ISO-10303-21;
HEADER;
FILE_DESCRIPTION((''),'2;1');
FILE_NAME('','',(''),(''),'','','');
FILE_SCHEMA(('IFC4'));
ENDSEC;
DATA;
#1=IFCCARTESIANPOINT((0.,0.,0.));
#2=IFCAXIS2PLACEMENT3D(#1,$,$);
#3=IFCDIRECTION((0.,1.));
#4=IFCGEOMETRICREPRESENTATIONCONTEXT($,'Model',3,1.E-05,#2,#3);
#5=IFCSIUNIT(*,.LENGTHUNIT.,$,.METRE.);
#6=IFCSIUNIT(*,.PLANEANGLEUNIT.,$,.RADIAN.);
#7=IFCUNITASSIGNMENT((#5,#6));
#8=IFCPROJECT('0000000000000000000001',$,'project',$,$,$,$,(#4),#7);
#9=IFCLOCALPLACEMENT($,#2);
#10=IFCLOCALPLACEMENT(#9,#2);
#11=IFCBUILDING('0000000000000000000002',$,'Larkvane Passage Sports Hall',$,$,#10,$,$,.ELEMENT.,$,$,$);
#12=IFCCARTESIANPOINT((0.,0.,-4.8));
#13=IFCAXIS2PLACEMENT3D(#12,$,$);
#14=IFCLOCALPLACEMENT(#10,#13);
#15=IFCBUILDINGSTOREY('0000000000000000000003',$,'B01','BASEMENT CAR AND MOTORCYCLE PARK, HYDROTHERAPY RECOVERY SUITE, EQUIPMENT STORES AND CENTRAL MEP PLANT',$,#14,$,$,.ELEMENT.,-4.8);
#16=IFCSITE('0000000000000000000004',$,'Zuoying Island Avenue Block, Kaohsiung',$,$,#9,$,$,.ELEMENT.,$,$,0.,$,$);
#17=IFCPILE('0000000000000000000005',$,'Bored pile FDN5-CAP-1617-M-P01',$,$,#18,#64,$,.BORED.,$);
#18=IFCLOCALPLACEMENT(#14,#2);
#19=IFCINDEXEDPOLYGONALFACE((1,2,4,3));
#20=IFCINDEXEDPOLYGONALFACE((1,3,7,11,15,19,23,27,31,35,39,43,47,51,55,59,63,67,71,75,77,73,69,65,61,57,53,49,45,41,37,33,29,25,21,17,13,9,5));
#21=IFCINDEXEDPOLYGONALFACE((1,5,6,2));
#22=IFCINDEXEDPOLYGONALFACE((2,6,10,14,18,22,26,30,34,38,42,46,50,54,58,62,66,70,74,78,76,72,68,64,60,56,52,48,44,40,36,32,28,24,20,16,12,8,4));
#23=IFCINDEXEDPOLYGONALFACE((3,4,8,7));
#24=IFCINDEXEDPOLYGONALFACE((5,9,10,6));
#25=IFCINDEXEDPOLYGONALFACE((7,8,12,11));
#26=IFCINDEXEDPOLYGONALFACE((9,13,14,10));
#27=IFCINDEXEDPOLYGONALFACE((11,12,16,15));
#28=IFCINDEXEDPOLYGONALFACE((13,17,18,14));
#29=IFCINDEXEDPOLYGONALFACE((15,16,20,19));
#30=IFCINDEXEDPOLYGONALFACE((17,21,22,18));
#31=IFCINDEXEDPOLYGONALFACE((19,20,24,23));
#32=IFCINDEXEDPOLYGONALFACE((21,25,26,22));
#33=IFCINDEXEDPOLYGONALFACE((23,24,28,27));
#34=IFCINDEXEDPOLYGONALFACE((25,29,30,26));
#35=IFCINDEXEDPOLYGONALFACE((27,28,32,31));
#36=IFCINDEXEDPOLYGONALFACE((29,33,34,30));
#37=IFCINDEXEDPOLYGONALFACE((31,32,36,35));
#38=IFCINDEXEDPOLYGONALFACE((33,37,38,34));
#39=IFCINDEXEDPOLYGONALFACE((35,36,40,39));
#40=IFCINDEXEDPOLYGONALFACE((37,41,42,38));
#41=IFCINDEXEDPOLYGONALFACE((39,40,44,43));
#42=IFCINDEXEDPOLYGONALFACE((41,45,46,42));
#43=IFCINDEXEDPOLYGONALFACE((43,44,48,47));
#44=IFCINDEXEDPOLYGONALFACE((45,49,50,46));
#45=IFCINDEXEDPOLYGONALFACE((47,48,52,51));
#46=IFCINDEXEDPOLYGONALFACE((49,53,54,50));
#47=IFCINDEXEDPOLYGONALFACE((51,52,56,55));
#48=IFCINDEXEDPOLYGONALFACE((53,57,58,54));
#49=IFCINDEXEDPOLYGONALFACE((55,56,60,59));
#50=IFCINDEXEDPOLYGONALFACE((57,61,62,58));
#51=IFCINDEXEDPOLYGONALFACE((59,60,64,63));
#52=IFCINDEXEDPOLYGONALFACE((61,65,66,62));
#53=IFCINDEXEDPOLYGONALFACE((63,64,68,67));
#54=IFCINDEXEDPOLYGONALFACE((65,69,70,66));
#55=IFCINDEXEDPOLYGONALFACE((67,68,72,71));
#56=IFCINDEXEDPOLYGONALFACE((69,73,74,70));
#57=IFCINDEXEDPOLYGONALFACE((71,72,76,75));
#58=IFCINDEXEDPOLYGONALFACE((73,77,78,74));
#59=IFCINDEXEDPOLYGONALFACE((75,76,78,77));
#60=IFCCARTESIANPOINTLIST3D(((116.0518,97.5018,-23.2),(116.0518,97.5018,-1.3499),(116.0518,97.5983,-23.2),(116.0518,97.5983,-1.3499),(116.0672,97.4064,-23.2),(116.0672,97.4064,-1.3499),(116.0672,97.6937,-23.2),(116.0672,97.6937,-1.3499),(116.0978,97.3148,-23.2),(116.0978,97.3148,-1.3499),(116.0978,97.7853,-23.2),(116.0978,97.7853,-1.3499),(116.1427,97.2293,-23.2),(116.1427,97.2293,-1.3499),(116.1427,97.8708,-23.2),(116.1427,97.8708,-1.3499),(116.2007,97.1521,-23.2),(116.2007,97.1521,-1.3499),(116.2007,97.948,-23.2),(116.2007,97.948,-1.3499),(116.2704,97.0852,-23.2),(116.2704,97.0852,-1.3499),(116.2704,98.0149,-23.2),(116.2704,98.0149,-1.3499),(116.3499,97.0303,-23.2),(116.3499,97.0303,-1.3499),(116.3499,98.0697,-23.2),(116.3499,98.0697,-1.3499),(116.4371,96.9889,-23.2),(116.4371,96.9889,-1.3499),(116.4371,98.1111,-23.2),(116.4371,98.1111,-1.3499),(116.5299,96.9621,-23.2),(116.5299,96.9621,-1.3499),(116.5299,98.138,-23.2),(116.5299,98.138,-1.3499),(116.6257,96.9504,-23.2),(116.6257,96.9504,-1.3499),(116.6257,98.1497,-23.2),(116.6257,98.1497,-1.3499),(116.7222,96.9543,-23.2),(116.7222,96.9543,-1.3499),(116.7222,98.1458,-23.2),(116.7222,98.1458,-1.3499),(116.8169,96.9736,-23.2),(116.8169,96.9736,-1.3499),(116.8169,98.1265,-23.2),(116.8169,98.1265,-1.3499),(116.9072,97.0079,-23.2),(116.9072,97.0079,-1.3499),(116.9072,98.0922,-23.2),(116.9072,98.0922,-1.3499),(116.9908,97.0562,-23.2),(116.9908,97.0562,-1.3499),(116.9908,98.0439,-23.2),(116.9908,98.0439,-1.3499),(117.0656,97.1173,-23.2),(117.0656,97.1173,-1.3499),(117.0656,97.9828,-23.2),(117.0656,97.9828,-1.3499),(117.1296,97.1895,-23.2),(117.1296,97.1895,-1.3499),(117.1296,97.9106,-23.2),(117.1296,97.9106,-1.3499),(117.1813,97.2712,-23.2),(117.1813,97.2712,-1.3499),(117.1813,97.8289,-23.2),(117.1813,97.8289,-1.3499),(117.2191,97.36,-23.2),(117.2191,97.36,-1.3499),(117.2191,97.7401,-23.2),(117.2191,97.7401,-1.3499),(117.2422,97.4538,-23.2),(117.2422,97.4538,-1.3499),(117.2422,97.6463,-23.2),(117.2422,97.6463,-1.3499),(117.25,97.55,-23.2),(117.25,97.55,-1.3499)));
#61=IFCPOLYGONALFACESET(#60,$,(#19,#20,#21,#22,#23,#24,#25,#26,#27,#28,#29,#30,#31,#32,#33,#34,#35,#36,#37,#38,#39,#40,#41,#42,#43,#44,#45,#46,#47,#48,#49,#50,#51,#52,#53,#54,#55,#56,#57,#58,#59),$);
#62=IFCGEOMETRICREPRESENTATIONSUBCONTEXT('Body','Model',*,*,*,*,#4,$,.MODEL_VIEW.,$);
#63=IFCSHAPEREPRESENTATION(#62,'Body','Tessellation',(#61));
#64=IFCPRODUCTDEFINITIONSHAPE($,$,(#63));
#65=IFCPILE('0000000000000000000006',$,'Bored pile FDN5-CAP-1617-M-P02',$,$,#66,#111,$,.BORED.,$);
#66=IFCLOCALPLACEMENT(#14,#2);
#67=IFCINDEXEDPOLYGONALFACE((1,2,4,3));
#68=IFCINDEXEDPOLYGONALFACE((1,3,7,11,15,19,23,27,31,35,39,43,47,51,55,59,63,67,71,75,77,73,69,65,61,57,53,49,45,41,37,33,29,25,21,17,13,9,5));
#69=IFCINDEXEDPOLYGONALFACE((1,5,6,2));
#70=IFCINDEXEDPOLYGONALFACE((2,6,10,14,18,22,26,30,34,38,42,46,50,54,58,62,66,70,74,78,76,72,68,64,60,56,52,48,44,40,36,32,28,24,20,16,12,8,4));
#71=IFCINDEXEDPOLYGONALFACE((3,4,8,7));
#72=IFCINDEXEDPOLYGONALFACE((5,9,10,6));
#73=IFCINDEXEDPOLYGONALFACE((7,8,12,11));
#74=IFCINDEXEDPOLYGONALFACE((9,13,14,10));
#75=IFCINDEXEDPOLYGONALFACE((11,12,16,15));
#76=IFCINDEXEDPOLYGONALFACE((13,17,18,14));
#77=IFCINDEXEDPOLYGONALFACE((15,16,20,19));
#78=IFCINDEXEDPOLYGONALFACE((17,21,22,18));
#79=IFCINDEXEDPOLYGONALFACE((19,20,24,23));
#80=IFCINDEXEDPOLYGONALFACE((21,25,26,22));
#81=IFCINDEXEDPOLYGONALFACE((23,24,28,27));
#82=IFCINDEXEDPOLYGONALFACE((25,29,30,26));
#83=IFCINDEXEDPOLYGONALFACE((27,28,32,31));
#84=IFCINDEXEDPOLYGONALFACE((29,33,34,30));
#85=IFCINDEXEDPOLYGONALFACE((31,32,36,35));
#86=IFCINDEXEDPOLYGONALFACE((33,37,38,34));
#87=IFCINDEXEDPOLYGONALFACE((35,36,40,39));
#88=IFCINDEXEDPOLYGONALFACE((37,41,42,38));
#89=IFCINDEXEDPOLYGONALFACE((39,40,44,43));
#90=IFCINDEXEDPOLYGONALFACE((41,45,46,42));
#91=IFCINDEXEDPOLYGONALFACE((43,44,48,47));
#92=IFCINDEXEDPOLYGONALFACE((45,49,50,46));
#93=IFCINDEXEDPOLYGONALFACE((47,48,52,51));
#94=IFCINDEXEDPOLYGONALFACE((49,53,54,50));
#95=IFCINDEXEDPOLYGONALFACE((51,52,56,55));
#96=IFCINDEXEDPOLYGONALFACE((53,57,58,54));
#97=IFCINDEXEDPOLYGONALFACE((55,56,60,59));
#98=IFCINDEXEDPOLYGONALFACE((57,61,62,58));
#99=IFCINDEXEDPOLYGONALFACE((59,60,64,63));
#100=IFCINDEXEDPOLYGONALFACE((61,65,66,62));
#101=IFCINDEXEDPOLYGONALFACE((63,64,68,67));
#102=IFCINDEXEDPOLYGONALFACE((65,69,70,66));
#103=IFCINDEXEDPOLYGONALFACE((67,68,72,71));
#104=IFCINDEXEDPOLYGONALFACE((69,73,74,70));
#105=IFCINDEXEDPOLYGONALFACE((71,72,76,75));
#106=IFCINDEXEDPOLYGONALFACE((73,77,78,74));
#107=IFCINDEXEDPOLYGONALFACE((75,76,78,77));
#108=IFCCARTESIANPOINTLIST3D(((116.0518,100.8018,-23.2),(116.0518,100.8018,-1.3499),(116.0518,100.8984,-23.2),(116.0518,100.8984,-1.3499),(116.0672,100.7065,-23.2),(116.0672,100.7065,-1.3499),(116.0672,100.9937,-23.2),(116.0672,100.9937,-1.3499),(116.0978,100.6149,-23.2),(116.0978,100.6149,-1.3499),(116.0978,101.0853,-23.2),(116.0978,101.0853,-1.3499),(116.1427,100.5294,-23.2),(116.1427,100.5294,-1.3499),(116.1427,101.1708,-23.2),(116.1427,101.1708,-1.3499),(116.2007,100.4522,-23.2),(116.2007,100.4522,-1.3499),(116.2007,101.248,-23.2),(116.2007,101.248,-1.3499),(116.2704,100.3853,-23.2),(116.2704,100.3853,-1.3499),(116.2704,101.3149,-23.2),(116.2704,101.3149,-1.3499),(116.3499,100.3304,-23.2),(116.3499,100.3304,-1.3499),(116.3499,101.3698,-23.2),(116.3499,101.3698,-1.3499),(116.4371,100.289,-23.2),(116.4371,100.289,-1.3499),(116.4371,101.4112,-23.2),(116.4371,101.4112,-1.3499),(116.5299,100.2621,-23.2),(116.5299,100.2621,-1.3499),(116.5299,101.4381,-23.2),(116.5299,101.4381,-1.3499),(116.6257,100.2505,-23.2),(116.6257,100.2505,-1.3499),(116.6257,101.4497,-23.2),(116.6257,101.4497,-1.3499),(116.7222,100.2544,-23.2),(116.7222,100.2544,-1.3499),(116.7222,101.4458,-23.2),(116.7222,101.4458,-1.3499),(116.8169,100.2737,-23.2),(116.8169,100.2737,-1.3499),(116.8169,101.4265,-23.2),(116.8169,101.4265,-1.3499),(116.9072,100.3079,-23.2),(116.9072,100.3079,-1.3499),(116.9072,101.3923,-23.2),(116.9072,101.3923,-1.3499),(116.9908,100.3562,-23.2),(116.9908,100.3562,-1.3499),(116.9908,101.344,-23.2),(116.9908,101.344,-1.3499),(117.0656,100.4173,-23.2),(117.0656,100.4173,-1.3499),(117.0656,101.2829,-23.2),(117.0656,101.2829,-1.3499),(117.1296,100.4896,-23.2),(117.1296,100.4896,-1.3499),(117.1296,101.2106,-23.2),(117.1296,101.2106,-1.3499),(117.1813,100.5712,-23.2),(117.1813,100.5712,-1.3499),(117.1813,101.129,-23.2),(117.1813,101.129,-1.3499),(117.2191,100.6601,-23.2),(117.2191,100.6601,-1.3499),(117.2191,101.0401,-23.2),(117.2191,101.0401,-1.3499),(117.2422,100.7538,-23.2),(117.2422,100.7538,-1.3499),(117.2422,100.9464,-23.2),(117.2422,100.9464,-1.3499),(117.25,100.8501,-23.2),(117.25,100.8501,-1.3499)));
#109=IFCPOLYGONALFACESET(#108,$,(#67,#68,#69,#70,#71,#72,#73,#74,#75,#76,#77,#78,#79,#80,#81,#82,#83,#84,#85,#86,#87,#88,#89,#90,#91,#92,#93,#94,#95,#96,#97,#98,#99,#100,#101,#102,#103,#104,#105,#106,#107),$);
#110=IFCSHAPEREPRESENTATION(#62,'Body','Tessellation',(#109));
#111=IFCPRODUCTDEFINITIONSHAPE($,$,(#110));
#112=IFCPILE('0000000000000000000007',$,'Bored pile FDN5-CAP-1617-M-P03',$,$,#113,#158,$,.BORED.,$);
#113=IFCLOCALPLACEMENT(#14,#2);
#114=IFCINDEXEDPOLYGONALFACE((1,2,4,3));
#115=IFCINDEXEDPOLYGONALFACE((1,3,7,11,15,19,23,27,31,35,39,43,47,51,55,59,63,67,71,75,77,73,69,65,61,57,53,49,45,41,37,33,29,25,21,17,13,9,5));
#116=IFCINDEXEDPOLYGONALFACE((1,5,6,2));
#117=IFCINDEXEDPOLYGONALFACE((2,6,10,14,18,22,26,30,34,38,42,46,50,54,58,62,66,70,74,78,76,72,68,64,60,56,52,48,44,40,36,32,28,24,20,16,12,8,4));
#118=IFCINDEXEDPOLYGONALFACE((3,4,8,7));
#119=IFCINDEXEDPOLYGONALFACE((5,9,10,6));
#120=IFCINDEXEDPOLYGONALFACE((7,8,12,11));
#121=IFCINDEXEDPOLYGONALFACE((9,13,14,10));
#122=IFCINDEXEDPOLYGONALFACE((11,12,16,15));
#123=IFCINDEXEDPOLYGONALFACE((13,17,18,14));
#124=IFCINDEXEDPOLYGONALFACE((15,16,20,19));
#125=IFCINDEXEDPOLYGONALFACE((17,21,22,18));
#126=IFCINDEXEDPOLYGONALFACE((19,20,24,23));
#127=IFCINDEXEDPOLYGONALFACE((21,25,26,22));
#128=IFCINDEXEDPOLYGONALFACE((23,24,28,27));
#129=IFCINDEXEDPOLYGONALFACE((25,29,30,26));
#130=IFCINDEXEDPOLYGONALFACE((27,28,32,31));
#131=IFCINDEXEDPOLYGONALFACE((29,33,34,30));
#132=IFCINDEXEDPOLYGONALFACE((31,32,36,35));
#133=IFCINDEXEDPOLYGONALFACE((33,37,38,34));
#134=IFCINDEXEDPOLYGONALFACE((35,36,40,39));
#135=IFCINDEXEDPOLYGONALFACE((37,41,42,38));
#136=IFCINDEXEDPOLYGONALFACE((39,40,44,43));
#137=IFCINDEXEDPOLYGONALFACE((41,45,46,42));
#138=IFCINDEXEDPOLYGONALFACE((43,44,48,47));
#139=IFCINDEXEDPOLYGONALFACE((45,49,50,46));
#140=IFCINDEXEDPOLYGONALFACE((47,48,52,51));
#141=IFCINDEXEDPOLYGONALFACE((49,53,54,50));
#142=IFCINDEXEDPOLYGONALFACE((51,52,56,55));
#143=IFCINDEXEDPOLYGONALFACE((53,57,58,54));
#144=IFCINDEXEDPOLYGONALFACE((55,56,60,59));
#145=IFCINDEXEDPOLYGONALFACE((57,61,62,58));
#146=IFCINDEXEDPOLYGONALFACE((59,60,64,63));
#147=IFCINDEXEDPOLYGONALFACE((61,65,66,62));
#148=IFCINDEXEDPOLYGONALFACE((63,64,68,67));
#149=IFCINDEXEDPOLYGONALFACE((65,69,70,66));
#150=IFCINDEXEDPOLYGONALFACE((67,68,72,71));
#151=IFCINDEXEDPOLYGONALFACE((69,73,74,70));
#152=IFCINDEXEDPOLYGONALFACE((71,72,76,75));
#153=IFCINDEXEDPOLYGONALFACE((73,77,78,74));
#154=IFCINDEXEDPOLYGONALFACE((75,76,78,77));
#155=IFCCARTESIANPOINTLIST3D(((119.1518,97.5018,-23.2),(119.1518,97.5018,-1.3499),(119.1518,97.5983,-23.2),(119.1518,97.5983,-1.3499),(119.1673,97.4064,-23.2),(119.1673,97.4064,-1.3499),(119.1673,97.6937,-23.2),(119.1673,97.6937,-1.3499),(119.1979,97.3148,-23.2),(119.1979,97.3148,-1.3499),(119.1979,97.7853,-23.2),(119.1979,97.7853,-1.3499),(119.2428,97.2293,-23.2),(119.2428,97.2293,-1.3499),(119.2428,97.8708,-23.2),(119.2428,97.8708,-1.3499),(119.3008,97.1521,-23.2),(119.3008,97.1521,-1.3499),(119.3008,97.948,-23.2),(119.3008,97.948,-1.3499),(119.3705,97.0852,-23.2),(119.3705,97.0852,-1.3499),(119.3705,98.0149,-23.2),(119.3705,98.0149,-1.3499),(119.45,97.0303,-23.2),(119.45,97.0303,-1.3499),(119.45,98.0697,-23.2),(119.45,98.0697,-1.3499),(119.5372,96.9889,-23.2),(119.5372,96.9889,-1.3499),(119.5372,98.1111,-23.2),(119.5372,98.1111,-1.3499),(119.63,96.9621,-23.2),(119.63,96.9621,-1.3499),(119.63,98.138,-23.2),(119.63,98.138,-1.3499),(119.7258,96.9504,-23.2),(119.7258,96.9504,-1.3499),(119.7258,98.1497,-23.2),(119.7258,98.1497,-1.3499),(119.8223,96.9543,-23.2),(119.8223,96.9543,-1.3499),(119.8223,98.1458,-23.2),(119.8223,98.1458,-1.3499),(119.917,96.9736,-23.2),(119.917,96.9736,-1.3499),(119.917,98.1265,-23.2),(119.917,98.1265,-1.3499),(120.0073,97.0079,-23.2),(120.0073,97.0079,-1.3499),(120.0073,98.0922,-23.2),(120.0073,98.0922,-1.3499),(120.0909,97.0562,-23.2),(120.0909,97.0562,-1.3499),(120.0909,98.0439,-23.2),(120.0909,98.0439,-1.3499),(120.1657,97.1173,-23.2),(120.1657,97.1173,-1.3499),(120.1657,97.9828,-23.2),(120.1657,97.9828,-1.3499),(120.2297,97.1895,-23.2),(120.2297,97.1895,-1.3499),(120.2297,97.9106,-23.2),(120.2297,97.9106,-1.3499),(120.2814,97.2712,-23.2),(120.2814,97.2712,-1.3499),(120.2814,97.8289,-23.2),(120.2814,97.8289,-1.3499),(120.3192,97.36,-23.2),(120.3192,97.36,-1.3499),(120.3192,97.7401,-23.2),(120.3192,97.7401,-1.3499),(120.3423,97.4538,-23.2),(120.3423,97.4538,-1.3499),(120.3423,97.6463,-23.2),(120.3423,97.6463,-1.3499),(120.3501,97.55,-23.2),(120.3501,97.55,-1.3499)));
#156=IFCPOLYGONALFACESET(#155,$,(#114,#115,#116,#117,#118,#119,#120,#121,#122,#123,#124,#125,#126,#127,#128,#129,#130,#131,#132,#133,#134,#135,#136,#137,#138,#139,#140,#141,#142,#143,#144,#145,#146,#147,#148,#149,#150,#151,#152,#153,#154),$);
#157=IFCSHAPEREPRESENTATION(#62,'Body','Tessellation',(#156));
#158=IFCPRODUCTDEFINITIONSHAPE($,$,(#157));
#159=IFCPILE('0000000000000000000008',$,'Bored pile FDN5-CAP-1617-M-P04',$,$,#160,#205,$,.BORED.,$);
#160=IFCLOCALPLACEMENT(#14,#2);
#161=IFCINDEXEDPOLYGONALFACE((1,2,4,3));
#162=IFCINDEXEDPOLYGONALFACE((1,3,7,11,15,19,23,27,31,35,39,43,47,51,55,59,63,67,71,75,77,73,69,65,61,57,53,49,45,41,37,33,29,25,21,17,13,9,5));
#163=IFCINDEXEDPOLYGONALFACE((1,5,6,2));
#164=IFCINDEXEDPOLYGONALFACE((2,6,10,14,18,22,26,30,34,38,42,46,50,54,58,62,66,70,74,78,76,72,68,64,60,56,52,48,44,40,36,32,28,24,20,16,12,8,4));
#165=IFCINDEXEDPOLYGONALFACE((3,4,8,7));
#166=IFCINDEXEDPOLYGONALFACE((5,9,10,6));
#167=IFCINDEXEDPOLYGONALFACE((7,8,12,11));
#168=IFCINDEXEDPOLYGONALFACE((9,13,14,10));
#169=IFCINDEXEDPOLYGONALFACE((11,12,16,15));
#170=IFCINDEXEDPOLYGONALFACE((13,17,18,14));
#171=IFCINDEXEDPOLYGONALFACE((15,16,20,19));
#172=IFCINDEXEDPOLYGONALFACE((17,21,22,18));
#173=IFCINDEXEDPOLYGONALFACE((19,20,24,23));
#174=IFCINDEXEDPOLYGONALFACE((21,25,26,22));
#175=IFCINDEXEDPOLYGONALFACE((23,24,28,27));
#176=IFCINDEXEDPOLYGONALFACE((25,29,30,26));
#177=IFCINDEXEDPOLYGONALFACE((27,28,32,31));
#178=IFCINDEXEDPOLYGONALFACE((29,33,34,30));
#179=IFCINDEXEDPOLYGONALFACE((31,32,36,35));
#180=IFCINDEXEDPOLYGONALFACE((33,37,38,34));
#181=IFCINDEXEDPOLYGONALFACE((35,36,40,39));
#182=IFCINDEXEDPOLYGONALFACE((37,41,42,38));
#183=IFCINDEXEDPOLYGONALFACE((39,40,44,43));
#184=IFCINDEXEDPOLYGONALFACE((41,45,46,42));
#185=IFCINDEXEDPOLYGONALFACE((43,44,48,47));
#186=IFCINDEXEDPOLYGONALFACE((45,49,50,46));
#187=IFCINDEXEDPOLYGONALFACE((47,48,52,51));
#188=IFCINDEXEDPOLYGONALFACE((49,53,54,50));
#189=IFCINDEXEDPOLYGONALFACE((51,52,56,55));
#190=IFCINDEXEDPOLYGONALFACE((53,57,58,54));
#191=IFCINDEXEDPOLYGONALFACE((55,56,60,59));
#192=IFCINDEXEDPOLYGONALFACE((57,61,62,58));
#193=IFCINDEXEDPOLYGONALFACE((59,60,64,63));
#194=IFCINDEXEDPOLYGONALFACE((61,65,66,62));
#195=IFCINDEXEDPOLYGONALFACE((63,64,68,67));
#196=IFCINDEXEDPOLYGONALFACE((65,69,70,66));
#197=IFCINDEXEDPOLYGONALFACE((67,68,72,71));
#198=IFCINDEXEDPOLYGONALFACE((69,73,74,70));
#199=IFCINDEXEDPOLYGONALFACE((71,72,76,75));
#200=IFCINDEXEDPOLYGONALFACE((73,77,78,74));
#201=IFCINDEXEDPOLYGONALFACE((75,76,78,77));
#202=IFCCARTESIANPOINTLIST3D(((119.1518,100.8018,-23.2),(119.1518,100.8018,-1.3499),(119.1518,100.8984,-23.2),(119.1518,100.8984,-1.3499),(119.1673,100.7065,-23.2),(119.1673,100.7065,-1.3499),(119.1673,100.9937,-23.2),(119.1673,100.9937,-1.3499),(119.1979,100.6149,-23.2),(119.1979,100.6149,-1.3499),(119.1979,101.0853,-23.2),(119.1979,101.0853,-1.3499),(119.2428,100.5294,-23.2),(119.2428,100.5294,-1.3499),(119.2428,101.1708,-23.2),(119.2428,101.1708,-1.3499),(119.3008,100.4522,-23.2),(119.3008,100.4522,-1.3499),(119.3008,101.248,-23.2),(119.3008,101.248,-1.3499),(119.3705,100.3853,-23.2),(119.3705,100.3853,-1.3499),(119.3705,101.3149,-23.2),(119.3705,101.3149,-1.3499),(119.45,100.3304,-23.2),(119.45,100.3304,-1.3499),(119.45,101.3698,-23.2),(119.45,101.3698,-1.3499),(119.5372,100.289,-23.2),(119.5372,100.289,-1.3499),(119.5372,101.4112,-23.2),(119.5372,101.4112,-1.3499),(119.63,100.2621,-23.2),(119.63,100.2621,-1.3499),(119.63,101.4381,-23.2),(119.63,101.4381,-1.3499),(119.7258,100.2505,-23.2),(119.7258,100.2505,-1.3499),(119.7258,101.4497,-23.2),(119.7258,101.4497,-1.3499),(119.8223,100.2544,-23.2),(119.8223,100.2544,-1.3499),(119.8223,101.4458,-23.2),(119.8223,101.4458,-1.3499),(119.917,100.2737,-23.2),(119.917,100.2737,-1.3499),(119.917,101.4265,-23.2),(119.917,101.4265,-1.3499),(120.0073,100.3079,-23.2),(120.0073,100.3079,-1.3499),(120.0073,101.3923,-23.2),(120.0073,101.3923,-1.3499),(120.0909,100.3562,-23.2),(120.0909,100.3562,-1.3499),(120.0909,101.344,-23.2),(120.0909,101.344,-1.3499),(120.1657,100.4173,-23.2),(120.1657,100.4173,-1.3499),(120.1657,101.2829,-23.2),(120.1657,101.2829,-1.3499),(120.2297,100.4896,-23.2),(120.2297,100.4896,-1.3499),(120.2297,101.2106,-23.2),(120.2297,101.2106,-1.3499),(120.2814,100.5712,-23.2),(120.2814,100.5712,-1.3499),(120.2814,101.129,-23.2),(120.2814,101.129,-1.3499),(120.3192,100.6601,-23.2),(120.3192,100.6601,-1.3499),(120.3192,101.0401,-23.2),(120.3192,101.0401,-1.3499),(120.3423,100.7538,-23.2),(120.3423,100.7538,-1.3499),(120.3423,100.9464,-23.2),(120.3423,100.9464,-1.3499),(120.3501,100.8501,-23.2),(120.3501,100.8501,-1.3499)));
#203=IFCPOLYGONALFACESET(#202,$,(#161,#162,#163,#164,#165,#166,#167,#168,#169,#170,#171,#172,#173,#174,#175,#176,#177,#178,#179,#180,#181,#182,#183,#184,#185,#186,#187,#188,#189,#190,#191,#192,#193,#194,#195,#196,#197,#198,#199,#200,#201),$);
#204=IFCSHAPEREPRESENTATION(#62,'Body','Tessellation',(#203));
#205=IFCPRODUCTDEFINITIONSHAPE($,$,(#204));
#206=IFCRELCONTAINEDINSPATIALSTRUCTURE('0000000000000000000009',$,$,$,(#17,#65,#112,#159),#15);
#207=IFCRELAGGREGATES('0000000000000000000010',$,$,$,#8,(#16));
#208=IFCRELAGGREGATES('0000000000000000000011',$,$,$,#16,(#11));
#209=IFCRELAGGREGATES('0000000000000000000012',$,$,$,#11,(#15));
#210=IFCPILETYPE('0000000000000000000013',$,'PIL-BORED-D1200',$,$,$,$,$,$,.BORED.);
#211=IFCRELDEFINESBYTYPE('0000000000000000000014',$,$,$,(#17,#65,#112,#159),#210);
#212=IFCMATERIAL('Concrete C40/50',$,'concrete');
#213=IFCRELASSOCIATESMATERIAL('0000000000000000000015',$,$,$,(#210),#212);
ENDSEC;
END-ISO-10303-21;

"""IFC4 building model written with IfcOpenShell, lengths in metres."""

from ifc_helpers import new_model, si_unit, direction, frame, origin, origin_2d, place, context, subcontext, project, spatial, circle, extrude, material, material_profile, profile_set, type_object, element, save


model = new_model("IFC4")

# Units and contexts
model_context = context("Model", 3, precision=1e-05, world=origin(), true_north=direction((0.0, 1.0)))
body_context = subcontext(model_context, "Body", "Model", "MODEL_VIEW")
ifc_project = project(units=[si_unit("LENGTHUNIT", "METRE"), si_unit("PLANEANGLEUNIT", "RADIAN")], contexts=[model_context])

# Site, building, storey
site_placement = place(None, origin())
site = spatial("IfcSite", under=ifc_project, at=site_placement, Name="Zuoying Island Avenue Block, Kaohsiung", CompositionType="ELEMENT", RefElevation=0.0)
building_placement = place(site_placement, origin())
building = spatial("IfcBuilding", under=site, at=building_placement, Name="Larkvane Passage Sports Hall", CompositionType="ELEMENT")
storey_placement = place(building_placement, frame((0.0, 0.0, -4.8)))
storey = spatial("IfcBuildingStorey", under=building, at=storey_placement, Name="B01", Description="BASEMENT CAR AND MOTORCYCLE PARK, HYDROTHERAPY RECOVERY SUITE, EQUIPMENT STORES AND CENTRAL MEP PLANT", CompositionType="ELEMENT", Elevation=-4.8)

# Shared definitions
ifc_material_1 = material(Name="Concrete C40/50", Category="concrete")

# Piles
ifc_material_profile_1 = material_profile(ifc_material_1, circle(Radius=0.6001, at=origin_2d()), Name="PILE-D1200")
ifc_profile_set_1 = profile_set([ifc_material_profile_1], Name="Concrete C40/50")
pile_type = type_object("IfcPileType", Name="PIL-BORED-D1200", PredefinedType="BORED", material=ifc_profile_set_1)
for number, where, z_axis, x_axis, name in (
    (1, (116.6499, 97.55, -1.3499), (0.0, 0.0, -1.0), (1.0, 0.0, 0.0), "Bored pile FDN5-CAP-1617-M-P01"),
    (2, (116.6499, 100.8501, -1.3499), (0.0, 0.0, -1.0), (1.0, 0.0, 0.0), "Bored pile FDN5-CAP-1617-M-P02"),
    (3, (119.75, 97.55, -1.3499), (0.0, 0.0, -1.0), (1.0, 0.0, 0.0), "Bored pile FDN5-CAP-1617-M-P03"),
    (4, (119.75, 100.8501, -1.3499), (0.0, 0.0, -1.0), (1.0, 0.0, 0.0), "Bored pile FDN5-CAP-1617-M-P04"),
):
    element("IfcPile", number, at=place(storey_placement, frame(where, z_axis=z_axis, x_axis=x_axis)), inside=storey, type_object=pile_type, Name=name, PredefinedType="BORED", context=body_context, shape_type="SweptSolid", body=[
        extrude(circle(Radius=0.6001, at=origin_2d()), origin(), (0.0, 0.0, 1.0), 21.8501),
    ])

save(model, "model.ifc")
